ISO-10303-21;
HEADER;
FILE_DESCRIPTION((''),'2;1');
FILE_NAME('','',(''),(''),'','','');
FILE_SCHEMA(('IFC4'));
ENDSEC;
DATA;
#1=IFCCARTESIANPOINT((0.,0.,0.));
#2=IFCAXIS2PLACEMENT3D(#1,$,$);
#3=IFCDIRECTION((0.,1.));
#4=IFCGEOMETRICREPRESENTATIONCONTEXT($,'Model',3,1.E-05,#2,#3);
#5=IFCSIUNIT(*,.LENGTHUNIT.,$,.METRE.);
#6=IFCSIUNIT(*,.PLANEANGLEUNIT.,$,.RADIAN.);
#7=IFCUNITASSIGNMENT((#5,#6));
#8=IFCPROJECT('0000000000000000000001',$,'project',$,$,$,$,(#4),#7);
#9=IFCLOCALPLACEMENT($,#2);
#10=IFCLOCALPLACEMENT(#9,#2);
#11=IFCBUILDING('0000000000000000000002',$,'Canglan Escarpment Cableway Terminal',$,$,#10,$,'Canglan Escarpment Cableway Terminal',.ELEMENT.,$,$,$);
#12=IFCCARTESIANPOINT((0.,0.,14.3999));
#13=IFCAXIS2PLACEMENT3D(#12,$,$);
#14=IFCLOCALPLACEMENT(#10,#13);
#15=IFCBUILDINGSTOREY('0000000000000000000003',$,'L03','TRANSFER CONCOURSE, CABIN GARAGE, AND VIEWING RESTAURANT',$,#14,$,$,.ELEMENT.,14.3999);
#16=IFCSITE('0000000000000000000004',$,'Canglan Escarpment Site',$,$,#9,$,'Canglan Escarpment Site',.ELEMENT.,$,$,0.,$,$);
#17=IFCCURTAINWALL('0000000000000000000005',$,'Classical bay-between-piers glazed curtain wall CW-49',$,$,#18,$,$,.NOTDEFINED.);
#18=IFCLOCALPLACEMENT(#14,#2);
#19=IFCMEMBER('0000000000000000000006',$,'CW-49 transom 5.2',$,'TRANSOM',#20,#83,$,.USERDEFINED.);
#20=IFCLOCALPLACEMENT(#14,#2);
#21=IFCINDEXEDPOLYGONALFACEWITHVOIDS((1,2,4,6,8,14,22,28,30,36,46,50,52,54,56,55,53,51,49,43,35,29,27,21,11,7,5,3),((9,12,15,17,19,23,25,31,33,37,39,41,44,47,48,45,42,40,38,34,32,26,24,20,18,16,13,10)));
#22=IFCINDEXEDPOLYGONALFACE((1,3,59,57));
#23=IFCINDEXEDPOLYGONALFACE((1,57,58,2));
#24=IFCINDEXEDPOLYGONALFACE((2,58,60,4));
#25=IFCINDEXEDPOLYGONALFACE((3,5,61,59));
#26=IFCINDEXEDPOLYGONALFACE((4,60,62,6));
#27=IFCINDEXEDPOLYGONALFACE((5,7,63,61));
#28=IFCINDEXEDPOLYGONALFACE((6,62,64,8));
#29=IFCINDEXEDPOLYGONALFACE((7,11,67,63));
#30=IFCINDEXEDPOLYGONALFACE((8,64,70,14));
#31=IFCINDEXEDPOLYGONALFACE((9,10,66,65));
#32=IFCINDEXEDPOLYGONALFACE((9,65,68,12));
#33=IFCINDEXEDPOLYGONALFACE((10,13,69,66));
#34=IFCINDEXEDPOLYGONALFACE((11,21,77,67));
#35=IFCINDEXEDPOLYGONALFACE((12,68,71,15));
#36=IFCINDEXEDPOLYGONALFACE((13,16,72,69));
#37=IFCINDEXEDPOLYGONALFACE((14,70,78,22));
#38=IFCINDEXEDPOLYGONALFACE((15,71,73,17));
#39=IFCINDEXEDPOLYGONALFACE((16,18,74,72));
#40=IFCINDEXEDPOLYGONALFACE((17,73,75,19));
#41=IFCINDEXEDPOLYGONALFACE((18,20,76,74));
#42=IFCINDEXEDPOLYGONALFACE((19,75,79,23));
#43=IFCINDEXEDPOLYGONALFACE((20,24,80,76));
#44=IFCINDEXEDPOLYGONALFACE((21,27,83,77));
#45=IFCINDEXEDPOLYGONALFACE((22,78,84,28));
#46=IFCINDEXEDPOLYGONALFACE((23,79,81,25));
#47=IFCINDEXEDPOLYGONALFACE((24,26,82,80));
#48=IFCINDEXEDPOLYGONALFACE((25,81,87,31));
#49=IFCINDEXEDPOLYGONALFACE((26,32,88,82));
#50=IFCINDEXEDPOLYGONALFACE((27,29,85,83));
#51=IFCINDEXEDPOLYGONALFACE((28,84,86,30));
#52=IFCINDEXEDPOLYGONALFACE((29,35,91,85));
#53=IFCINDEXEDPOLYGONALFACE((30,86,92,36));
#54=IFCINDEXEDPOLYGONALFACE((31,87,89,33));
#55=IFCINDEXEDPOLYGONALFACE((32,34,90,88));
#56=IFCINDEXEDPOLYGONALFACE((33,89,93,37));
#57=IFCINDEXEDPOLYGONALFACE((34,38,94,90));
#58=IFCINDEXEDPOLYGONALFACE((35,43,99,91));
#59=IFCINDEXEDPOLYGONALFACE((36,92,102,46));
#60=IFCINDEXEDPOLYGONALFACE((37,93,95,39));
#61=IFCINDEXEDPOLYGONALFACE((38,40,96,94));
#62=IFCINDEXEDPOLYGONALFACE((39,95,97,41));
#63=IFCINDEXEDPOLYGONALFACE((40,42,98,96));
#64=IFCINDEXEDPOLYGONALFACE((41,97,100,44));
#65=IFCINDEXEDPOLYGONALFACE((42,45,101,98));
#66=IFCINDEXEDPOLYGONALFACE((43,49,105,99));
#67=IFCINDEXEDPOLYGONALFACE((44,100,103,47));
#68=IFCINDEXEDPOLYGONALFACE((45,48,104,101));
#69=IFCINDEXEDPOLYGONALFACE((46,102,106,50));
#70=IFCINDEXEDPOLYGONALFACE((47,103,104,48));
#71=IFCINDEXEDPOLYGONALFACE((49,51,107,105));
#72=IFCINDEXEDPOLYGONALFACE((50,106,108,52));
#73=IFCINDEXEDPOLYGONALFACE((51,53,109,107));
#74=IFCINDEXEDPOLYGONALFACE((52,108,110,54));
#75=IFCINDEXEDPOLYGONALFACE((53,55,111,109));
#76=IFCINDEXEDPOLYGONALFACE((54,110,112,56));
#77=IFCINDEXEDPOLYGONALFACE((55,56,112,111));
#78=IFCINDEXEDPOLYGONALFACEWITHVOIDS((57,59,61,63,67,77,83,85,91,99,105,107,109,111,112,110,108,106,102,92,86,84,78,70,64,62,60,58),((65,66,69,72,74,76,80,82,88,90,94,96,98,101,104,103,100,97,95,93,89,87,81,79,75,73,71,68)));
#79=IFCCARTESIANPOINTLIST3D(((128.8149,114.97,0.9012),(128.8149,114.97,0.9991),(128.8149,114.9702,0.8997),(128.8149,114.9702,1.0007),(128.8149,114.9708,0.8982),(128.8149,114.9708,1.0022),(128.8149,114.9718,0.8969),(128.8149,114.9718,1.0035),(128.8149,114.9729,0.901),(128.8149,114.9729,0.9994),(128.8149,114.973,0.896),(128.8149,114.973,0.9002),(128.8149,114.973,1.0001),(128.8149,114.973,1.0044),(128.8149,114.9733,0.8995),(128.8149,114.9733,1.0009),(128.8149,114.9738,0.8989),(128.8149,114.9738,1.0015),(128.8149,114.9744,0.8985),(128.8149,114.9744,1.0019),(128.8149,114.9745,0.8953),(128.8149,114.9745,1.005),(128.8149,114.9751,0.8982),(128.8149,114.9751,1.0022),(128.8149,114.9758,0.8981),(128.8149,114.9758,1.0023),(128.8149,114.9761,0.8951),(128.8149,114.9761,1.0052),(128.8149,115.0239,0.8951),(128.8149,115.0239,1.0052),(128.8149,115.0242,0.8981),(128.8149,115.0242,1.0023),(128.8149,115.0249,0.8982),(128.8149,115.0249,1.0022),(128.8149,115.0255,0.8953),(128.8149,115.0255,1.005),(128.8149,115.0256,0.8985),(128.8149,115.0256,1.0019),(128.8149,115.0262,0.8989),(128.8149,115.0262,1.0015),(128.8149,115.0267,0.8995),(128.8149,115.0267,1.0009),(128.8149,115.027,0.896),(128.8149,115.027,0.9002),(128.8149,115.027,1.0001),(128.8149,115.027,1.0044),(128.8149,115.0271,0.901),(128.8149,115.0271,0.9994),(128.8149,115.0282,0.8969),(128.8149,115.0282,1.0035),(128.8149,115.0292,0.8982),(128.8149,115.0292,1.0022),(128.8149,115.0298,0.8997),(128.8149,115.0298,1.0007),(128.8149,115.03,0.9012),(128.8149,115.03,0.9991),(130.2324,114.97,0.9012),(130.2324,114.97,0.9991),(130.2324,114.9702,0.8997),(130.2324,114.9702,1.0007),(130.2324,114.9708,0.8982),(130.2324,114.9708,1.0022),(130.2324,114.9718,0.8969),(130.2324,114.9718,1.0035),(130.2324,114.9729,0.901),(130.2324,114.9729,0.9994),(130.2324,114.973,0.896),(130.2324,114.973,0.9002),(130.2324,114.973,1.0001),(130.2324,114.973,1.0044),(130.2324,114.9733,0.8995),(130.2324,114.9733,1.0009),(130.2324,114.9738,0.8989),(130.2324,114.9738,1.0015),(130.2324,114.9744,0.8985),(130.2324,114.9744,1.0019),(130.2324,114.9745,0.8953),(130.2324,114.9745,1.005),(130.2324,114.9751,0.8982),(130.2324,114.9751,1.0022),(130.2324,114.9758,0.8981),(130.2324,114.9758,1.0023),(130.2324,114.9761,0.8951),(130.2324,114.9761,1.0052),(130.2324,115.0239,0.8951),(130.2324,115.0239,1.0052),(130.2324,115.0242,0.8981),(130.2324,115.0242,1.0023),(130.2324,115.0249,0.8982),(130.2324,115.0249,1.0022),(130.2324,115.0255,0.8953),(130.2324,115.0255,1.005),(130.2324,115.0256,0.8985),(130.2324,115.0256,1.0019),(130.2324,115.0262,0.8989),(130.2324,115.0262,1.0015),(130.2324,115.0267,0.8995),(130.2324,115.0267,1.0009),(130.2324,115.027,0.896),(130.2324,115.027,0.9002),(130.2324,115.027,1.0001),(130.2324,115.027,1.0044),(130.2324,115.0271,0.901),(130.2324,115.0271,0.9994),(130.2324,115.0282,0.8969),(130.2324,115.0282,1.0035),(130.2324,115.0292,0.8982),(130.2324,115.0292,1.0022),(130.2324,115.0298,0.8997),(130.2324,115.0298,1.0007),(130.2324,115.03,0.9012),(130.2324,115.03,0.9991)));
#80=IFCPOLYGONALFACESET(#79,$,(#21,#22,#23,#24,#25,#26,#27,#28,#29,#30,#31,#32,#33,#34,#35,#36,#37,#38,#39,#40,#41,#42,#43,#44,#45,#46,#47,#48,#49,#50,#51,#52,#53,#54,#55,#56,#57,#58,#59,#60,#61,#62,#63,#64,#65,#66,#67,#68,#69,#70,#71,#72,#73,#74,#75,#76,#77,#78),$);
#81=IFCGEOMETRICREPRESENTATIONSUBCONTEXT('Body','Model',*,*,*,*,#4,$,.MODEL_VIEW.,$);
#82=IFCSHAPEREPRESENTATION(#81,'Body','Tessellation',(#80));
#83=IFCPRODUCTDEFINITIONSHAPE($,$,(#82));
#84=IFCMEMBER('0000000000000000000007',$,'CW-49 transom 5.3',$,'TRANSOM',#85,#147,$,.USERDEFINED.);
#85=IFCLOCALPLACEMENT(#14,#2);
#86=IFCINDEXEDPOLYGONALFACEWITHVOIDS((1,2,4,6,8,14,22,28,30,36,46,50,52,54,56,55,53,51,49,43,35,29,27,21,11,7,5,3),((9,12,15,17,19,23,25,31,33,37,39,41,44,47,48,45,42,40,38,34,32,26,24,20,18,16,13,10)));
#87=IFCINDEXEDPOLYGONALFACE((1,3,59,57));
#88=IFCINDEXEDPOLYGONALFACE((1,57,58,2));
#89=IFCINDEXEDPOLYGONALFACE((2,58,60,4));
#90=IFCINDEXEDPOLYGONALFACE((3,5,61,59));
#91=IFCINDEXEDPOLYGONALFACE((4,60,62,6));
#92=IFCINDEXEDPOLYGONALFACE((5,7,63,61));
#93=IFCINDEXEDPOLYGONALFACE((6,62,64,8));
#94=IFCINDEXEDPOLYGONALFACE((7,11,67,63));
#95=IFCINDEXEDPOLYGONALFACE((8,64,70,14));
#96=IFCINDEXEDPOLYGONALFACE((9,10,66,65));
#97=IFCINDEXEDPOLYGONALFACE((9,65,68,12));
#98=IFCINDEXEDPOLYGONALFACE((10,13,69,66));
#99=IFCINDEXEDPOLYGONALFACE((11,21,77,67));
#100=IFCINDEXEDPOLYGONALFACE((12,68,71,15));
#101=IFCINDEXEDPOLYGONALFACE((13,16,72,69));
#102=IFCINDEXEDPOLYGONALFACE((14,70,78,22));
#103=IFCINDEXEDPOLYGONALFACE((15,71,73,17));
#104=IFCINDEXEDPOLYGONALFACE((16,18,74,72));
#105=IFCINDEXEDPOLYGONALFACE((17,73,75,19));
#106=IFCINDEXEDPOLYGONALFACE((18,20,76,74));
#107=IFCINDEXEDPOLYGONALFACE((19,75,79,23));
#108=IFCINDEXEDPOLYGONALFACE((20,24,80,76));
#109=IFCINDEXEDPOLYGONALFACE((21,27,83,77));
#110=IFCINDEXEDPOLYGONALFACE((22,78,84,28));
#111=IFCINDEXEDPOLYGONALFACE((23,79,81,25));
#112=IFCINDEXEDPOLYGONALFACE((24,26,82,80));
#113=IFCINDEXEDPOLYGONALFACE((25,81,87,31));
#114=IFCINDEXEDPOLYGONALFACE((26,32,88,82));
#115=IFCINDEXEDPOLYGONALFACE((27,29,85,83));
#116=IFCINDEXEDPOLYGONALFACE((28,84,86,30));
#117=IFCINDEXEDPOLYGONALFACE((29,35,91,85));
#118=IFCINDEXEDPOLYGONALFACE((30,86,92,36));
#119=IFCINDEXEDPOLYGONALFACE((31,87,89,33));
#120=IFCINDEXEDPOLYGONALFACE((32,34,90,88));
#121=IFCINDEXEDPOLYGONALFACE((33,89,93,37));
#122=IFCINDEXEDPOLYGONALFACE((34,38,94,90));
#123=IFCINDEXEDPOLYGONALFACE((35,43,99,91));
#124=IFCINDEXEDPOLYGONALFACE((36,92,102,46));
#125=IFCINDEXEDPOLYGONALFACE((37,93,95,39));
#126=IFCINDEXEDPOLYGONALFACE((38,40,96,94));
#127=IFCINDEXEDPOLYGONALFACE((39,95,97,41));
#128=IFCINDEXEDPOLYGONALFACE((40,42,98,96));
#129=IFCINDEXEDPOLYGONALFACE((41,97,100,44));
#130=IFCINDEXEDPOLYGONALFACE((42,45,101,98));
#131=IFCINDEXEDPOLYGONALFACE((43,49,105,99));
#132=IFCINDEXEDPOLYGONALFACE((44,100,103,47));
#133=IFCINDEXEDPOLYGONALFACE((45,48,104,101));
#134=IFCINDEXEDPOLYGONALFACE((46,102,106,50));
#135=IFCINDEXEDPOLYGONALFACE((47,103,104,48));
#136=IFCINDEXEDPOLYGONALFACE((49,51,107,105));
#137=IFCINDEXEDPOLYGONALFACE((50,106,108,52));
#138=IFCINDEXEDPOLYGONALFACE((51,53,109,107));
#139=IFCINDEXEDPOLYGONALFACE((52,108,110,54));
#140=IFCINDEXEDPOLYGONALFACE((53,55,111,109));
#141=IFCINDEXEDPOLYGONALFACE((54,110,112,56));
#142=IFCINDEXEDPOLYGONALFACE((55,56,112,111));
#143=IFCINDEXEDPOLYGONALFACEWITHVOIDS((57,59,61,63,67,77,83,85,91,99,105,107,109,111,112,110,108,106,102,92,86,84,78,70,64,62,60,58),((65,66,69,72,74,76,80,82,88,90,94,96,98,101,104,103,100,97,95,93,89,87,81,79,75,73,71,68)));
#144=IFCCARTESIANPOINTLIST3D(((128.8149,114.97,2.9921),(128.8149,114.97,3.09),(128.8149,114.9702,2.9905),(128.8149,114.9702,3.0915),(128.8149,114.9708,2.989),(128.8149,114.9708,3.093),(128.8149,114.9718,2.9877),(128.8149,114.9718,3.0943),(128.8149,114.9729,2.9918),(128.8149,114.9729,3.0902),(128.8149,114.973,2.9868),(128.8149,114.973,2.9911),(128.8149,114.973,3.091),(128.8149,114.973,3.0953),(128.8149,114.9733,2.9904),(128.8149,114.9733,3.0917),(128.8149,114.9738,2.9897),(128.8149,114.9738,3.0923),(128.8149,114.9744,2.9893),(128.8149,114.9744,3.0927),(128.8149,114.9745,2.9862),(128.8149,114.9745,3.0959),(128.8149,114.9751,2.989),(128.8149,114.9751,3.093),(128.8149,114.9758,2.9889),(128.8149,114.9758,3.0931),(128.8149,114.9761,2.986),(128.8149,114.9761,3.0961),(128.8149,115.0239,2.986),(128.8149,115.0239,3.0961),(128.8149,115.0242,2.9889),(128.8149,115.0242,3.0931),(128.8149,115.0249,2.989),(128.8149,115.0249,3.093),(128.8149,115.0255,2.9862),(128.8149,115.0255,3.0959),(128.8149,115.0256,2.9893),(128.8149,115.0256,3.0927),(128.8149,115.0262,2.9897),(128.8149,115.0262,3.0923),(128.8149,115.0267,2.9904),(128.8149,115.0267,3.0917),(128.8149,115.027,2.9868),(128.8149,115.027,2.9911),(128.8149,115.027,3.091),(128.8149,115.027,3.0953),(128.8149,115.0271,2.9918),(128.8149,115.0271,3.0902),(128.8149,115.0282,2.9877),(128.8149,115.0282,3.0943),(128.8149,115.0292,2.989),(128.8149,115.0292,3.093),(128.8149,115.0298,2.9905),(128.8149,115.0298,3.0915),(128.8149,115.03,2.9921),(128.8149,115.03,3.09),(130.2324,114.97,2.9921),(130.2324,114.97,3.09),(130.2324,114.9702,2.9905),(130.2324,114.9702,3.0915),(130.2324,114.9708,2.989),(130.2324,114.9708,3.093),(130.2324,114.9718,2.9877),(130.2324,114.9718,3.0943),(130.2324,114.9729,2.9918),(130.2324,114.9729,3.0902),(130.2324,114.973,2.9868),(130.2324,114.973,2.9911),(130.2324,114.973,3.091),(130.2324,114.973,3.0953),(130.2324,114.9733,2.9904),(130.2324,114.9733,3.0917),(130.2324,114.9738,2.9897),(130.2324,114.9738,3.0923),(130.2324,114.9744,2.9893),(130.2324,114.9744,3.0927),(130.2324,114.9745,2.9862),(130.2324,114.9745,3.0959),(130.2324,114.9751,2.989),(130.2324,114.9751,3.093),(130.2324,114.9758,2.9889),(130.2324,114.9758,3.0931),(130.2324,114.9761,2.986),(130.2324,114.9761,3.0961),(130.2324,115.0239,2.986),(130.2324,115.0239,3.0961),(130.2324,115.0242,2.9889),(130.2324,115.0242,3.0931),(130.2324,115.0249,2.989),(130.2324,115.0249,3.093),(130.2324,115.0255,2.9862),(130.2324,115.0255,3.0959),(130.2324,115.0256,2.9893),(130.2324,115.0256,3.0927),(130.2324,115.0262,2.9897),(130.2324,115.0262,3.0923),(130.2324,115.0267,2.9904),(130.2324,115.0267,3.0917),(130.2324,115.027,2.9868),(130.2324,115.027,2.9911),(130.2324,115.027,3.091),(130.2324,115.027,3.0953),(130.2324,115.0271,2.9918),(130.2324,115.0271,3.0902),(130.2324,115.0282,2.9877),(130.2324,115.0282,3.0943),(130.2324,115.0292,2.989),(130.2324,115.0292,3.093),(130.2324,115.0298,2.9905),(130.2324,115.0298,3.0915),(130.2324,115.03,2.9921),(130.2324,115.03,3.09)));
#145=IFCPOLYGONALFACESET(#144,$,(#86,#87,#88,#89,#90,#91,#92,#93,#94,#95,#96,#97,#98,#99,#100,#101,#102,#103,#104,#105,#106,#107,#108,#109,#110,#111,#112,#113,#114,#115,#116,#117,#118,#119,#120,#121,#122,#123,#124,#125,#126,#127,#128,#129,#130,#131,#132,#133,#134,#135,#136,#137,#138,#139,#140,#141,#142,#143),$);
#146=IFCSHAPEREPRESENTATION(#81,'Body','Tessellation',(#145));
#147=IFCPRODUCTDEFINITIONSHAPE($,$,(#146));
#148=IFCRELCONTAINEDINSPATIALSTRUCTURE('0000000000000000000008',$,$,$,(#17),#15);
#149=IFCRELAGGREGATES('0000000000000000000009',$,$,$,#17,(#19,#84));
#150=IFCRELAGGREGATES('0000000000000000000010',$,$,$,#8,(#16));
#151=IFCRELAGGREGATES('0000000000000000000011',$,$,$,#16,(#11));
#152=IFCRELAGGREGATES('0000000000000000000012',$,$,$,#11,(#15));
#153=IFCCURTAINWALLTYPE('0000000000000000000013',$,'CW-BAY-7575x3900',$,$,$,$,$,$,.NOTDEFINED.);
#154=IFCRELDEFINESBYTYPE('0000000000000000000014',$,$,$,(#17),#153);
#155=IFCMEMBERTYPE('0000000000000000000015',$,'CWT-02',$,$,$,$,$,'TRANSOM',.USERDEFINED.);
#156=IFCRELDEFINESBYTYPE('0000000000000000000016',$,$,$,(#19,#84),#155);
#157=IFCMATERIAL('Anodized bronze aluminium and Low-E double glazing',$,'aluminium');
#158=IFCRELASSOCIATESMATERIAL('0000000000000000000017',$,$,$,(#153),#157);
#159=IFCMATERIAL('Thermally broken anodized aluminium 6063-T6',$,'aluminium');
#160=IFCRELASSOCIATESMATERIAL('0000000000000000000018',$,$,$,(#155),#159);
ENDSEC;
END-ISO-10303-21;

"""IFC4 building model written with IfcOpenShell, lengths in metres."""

from ifc_helpers import new_model, si_unit, direction, frame, origin, origin_2d, place, context, subcontext, project, spatial, hollow_rectangle, extrude, material, material_profile, profile_set, type_object, element, aggregate, save


model = new_model("IFC4")

# Units and contexts
model_context = context("Model", 3, precision=1e-05, world=origin(), true_north=direction((0.0, 1.0)))
body_context = subcontext(model_context, "Body", "Model", "MODEL_VIEW")
ifc_project = project(units=[si_unit("LENGTHUNIT", "METRE"), si_unit("PLANEANGLEUNIT", "RADIAN")], contexts=[model_context])

# Site, building, storey
site_placement = place(None, origin())
site = spatial("IfcSite", under=ifc_project, at=site_placement, Name="Canglan Escarpment Site", LongName="Canglan Escarpment Site", CompositionType="ELEMENT", RefElevation=0.0)
building_placement = place(site_placement, origin())
building = spatial("IfcBuilding", under=site, at=building_placement, Name="Canglan Escarpment Cableway Terminal", LongName="Canglan Escarpment Cableway Terminal", CompositionType="ELEMENT")
storey_placement = place(building_placement, frame((0.0, 0.0, 14.3999)))
storey = spatial("IfcBuildingStorey", under=building, at=storey_placement, Name="L03", Description="TRANSFER CONCOURSE, CABIN GARAGE, AND VIEWING RESTAURANT", CompositionType="ELEMENT", Elevation=14.3999)

# Shared definitions
ifc_material_1 = material(Name="Anodized bronze aluminium and Low-E double glazing", Category="aluminium")
ifc_material_2 = material(Name="Thermally broken anodized aluminium 6063-T6", Category="aluminium")

# Curtain wall
curtain_wall_type_1 = type_object("IfcCurtainWallType", Name="CW-BAY-7575x3900", PredefinedType="NOTDEFINED", material=ifc_material_1)
curtain_wall_1_placement = place(storey_placement, origin())
curtain_wall_1 = element("IfcCurtainWall", 1, at=curtain_wall_1_placement, inside=storey, type_object=curtain_wall_type_1, Name="Classical bay-between-piers glazed curtain wall CW-49", PredefinedType="NOTDEFINED")

# Members
ifc_material_profile_1 = material_profile(ifc_material_2, hollow_rectangle(XDim=0.0601, YDim=0.1101, WallThickness=0.0029, InnerFilletRadius=0.0029, OuterFilletRadius=0.0061, at=origin_2d()), Name="ALU-TRAN 60x110x3")
ifc_profile_set_1 = profile_set([ifc_material_profile_1], Name="Thermally broken anodized aluminium 6063-T6")
member_type_1 = type_object("IfcMemberType", Name="CWT-02", ElementType="TRANSOM", PredefinedType="USERDEFINED", material=ifc_profile_set_1)
member_1_placement = place(storey_placement, frame((130.2324, 115.0, 0.9502), z_axis=(-1.0, 0.0, 0.0), x_axis=(0.0, -1.0, 0.0)))
member_1 = element("IfcMember", 2, at=member_1_placement, type_object=member_type_1, Name="CW-49 transom 5.2", ObjectType="TRANSOM", PredefinedType="USERDEFINED", context=body_context, shape_type="SweptSolid", body=[
    extrude(hollow_rectangle(XDim=0.0601, YDim=0.1101, WallThickness=0.0029, InnerFilletRadius=0.0029, OuterFilletRadius=0.0061, at=origin_2d()), origin(), (0.0, 0.0, 1.0), 1.4175),
])
member_2_placement = place(storey_placement, frame((130.2324, 115.0, 3.041), z_axis=(-1.0, 0.0, 0.0), x_axis=(0.0, -1.0, 0.0)))
member_2 = element("IfcMember", 3, at=member_2_placement, type_object=member_type_1, Name="CW-49 transom 5.3", ObjectType="TRANSOM", PredefinedType="USERDEFINED", context=body_context, shape_type="SweptSolid", body=[
    extrude(hollow_rectangle(XDim=0.0601, YDim=0.1101, WallThickness=0.0029, InnerFilletRadius=0.0029, OuterFilletRadius=0.0061, at=origin_2d()), origin(), (0.0, 0.0, 1.0), 1.4175),
])

aggregate(curtain_wall_1, [member_1, member_2])

save(model, "model.ifc")
